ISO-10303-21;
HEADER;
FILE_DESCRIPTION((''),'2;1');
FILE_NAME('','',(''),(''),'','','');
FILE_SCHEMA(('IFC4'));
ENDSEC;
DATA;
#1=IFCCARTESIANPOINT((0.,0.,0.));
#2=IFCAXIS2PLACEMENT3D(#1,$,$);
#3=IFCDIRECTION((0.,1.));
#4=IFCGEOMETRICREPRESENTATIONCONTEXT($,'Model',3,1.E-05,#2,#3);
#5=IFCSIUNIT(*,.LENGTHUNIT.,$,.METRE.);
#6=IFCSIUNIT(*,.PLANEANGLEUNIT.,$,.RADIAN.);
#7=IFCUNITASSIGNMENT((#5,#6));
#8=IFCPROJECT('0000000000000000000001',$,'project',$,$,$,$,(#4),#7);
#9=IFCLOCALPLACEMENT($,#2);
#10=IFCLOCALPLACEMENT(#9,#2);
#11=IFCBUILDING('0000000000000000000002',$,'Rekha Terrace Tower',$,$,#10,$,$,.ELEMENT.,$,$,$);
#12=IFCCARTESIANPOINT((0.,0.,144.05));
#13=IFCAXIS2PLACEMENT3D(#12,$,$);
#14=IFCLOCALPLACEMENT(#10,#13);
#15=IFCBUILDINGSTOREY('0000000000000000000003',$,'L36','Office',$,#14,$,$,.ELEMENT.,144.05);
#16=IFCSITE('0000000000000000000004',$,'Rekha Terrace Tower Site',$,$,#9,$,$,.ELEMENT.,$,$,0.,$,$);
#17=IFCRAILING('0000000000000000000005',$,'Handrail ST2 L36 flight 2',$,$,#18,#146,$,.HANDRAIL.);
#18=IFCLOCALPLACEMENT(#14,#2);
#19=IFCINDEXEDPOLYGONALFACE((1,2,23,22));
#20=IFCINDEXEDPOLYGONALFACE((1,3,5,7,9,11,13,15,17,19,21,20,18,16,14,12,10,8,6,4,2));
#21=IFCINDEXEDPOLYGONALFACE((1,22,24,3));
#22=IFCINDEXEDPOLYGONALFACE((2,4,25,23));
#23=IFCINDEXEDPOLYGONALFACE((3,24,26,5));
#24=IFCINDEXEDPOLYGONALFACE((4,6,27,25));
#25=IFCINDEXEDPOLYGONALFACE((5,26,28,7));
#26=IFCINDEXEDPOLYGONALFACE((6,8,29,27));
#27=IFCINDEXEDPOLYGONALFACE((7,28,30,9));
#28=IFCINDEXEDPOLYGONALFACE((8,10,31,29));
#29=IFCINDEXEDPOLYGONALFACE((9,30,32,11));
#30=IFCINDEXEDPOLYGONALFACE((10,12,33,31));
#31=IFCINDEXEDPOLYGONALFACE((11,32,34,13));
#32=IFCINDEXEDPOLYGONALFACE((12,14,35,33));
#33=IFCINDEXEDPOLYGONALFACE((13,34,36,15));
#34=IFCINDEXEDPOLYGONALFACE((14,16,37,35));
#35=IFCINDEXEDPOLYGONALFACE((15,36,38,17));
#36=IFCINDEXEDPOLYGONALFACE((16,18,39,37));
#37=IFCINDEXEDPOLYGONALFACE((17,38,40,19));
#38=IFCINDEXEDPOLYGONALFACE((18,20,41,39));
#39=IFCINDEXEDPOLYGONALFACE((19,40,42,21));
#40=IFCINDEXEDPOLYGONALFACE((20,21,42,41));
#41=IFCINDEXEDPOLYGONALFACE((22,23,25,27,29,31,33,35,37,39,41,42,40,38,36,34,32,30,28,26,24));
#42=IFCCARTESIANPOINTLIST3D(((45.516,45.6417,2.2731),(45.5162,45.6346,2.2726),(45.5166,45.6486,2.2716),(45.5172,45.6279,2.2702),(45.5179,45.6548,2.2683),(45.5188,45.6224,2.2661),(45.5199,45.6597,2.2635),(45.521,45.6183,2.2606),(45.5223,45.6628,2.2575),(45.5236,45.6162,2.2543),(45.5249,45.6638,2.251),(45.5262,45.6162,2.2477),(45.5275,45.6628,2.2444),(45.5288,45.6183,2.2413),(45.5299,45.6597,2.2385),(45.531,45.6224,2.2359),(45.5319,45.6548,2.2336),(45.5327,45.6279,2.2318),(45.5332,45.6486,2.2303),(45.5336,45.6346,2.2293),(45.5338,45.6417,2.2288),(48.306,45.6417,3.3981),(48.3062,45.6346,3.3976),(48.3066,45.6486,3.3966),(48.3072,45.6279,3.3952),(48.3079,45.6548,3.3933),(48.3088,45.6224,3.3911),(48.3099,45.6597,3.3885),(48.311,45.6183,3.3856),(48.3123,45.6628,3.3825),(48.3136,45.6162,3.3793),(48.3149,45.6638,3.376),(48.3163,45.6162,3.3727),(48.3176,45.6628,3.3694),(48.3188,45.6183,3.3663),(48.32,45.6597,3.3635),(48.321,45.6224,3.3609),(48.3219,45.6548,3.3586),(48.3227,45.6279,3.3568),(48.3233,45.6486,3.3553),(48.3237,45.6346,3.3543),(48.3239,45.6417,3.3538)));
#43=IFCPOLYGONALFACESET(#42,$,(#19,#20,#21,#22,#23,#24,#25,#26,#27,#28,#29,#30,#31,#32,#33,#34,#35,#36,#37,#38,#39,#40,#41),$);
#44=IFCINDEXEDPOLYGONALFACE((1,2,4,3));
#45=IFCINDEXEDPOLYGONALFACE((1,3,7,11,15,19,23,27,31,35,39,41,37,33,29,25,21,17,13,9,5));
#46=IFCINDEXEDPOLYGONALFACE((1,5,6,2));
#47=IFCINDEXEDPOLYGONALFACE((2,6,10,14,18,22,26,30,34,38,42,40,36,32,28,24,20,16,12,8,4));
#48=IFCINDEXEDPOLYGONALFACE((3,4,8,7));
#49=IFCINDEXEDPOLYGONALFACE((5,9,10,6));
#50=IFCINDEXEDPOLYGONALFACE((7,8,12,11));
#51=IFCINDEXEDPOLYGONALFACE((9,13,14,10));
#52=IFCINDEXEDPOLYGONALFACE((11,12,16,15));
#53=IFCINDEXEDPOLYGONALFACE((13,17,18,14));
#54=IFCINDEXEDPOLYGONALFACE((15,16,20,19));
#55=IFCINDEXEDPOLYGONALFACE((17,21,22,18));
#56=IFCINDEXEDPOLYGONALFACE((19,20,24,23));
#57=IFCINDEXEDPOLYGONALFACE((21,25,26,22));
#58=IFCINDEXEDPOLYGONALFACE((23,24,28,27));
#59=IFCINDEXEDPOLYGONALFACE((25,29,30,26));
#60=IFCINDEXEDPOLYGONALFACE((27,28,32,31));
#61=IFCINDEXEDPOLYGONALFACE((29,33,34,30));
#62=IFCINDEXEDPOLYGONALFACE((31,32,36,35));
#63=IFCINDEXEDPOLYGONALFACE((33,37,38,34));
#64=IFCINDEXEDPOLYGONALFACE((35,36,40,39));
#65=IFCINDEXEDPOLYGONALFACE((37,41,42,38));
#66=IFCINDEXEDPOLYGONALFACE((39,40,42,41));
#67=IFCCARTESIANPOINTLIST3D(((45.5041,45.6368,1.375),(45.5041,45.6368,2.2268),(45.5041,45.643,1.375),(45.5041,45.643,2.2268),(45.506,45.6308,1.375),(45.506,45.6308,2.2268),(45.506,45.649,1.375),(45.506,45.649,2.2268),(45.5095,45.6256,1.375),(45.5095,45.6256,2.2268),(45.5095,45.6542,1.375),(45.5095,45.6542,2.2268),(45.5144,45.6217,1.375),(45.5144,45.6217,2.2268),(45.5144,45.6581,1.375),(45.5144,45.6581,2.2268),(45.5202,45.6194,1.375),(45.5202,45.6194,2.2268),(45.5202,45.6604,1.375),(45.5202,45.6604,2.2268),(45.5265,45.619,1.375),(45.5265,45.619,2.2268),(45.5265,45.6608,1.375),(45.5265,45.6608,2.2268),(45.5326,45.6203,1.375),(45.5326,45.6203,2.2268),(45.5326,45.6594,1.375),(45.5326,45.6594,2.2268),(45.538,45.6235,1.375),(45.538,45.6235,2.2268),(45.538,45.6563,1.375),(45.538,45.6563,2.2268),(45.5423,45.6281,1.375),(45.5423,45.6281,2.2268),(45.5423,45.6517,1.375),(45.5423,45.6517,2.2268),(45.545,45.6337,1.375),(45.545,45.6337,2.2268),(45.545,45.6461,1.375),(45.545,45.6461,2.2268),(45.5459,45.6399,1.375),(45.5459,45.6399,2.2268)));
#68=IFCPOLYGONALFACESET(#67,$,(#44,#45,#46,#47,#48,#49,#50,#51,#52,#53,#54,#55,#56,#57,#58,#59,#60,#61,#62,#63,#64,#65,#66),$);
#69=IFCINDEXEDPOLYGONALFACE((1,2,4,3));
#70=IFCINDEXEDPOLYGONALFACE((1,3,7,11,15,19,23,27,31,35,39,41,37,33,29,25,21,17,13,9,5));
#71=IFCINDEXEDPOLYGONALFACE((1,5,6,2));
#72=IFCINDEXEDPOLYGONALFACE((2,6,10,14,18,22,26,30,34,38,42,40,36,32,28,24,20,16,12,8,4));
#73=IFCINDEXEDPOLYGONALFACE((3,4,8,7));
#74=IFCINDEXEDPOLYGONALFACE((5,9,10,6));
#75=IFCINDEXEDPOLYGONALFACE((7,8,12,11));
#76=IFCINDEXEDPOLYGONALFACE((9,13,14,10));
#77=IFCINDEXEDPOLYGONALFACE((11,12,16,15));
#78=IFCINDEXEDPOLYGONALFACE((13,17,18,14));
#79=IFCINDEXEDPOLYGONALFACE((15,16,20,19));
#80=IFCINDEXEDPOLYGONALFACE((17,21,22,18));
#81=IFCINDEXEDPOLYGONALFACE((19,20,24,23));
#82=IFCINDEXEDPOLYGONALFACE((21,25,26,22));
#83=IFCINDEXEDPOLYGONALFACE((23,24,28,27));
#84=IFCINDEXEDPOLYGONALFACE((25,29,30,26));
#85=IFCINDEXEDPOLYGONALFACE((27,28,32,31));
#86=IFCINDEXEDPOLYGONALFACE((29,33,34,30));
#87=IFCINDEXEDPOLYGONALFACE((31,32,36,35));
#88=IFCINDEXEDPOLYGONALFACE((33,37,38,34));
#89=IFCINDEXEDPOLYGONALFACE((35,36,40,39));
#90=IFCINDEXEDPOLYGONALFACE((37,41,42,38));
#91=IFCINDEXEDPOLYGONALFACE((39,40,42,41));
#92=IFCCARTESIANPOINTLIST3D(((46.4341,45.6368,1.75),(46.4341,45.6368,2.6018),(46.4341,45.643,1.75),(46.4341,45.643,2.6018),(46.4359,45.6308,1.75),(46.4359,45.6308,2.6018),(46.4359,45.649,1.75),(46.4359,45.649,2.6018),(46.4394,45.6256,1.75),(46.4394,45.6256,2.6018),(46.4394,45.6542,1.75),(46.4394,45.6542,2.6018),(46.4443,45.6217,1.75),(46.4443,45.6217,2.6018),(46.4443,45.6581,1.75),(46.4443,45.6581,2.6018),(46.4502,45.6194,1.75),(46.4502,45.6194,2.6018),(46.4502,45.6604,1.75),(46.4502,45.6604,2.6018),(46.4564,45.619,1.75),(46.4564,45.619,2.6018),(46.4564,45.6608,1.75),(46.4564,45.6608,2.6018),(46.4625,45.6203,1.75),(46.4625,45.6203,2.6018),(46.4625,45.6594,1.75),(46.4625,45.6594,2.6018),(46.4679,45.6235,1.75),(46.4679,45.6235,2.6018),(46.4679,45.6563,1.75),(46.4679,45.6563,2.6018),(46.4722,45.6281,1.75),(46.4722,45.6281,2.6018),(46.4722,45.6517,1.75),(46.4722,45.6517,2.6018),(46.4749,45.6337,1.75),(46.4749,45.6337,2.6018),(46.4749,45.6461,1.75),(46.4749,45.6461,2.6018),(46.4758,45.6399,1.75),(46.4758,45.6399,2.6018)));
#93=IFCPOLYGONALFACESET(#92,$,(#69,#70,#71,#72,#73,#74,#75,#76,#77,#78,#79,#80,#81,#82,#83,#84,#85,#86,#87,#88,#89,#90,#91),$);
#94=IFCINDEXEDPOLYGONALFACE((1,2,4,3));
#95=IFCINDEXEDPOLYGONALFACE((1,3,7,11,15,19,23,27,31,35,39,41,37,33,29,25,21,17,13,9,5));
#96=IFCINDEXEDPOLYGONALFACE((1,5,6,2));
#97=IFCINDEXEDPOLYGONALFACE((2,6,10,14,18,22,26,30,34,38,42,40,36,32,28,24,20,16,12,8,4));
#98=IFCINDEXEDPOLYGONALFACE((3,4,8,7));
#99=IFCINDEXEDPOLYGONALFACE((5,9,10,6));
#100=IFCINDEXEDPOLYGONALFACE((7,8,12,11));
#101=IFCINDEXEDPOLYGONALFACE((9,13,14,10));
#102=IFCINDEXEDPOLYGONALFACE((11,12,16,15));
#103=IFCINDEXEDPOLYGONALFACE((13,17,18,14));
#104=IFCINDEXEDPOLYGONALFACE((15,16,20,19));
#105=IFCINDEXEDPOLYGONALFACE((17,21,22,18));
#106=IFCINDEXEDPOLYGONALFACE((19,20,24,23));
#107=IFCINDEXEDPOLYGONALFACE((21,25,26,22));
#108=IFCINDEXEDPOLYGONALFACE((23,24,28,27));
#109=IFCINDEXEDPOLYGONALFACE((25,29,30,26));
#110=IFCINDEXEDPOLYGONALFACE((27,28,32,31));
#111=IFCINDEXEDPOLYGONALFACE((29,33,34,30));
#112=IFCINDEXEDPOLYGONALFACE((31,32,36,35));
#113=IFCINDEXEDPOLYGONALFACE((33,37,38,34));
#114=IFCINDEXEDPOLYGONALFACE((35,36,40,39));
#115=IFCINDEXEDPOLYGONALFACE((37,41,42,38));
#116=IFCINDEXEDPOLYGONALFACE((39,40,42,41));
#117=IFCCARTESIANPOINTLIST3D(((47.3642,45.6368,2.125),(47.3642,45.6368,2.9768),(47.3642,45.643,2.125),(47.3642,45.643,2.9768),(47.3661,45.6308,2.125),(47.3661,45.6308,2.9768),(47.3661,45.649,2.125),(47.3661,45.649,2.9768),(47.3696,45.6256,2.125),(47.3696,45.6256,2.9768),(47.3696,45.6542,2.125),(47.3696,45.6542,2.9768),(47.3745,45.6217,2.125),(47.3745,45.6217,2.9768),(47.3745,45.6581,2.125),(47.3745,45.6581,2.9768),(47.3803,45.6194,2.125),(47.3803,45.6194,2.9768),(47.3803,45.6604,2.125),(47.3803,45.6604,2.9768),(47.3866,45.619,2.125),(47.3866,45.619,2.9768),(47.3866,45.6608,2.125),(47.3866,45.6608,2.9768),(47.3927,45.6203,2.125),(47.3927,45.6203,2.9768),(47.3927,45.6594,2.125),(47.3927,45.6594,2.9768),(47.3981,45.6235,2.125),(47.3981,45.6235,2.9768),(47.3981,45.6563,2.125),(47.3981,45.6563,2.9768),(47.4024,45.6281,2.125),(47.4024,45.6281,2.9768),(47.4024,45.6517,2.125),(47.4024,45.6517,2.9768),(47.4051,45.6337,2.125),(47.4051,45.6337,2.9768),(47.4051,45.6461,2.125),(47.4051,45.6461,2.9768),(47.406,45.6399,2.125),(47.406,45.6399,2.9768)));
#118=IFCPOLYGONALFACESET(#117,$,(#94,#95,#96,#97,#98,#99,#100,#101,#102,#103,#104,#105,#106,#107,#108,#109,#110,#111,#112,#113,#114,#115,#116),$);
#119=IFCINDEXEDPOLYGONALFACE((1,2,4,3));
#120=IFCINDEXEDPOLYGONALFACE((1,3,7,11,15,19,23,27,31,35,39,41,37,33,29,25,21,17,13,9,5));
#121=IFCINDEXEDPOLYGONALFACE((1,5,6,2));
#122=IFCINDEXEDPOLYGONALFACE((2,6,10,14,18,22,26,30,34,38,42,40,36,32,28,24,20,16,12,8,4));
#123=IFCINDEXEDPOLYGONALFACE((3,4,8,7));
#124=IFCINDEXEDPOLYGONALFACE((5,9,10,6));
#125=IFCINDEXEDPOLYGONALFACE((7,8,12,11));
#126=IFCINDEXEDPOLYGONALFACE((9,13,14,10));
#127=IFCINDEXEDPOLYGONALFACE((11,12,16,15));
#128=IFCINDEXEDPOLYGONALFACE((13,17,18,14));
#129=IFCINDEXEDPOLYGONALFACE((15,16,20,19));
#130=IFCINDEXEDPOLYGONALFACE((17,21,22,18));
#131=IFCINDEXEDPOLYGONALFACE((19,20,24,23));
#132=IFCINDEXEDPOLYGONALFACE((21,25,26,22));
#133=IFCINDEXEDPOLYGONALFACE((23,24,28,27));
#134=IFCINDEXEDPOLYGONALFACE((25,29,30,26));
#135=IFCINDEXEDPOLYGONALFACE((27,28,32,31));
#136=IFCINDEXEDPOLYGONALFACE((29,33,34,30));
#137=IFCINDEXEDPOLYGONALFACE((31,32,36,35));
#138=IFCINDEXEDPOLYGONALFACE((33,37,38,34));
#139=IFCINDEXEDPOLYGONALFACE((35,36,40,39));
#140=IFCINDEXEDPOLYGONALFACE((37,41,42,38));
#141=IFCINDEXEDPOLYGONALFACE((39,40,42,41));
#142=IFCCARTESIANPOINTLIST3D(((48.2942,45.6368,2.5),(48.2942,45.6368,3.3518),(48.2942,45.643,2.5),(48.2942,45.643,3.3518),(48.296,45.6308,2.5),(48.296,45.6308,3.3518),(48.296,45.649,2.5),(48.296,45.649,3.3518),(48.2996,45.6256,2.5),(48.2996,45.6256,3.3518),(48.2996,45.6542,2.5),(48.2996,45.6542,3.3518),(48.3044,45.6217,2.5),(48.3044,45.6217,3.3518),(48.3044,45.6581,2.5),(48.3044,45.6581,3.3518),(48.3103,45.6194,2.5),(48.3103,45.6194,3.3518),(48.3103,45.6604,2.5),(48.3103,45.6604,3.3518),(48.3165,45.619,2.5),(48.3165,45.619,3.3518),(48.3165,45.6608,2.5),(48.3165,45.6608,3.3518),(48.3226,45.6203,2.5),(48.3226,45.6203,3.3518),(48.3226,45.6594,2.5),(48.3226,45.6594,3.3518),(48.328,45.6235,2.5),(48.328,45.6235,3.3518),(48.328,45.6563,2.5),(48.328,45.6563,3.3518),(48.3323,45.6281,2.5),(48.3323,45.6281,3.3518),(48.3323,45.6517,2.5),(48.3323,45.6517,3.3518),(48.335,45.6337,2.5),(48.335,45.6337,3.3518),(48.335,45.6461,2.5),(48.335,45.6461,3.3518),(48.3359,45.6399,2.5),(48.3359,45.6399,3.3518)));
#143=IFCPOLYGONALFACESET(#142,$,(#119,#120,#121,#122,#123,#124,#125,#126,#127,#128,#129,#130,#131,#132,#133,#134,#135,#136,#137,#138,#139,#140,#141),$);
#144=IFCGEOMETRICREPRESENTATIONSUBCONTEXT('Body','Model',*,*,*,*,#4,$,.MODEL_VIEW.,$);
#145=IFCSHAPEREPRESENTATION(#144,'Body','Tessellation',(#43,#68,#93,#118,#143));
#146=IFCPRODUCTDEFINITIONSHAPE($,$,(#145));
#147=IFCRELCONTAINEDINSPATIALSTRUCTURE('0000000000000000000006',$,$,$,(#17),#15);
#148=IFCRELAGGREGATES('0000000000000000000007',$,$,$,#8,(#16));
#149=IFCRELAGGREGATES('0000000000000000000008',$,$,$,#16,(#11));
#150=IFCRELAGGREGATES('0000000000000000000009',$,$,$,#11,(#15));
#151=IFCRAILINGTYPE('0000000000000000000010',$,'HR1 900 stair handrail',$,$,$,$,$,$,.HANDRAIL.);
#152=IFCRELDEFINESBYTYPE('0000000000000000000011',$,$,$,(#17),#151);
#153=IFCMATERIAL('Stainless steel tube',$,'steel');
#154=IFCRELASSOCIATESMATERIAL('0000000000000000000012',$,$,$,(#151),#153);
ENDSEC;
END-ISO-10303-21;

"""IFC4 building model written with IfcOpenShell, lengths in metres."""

from ifc_helpers import new_model, si_unit, direction, frame, origin, origin_2d, place, context, subcontext, project, spatial, circle, extrude, material, type_object, element, save


model = new_model("IFC4")

# Units and contexts
model_context = context("Model", 3, precision=1e-05, world=origin(), true_north=direction((0.0, 1.0)))
body_context = subcontext(model_context, "Body", "Model", "MODEL_VIEW")
ifc_project = project(units=[si_unit("LENGTHUNIT", "METRE"), si_unit("PLANEANGLEUNIT", "RADIAN")], contexts=[model_context])

# Site, building, storey
site_placement = place(None, origin())
site = spatial("IfcSite", under=ifc_project, at=site_placement, Name="Rekha Terrace Tower Site", CompositionType="ELEMENT", RefElevation=0.0)
building_placement = place(site_placement, origin())
building = spatial("IfcBuilding", under=site, at=building_placement, Name="Rekha Terrace Tower", CompositionType="ELEMENT")
storey_placement = place(building_placement, frame((0.0, 0.0, 144.05)))
storey = spatial("IfcBuildingStorey", under=building, at=storey_placement, Name="L36", Description="Office", CompositionType="ELEMENT", Elevation=144.05)

# Railing
ifc_material_1 = material(Name="Stainless steel tube", Category="steel")
railing_type = type_object("IfcRailingType", Name="HR1 900 stair handrail", PredefinedType="HANDRAIL", material=ifc_material_1)
railing_placement = place(storey_placement, frame((45.5249, 45.6399, 1.375)))
element("IfcRailing", 1, at=railing_placement, inside=storey, type_object=railing_type, Name="Handrail ST2 L36 flight 2", PredefinedType="HANDRAIL", context=body_context, shape_type="SweptSolid", body=[
    extrude(circle(Radius=0.0239, at=origin_2d()), frame((0.0, 0.0, 0.876), z_axis=(0.927443, 0.0, 0.373964), x_axis=(0.0, 1.0, 0.0)), (0.0, 0.0, 1.0), 3.0083),
    extrude(circle(Radius=0.021, at=origin_2d()), origin(), (0.0, 0.0, 1.0), 0.8518),
    extrude(circle(Radius=0.021, at=origin_2d()), frame((0.9299, 0.0, 0.375)), (0.0, 0.0, 1.0), 0.8518),
    extrude(circle(Radius=0.021, at=origin_2d()), frame((1.8601, 0.0, 0.75)), (0.0, 0.0, 1.0), 0.8518),
    extrude(circle(Radius=0.021, at=origin_2d()), frame((2.79, 0.0, 1.125)), (0.0, 0.0, 1.0), 0.8518),
])

save(model, "model.ifc")
